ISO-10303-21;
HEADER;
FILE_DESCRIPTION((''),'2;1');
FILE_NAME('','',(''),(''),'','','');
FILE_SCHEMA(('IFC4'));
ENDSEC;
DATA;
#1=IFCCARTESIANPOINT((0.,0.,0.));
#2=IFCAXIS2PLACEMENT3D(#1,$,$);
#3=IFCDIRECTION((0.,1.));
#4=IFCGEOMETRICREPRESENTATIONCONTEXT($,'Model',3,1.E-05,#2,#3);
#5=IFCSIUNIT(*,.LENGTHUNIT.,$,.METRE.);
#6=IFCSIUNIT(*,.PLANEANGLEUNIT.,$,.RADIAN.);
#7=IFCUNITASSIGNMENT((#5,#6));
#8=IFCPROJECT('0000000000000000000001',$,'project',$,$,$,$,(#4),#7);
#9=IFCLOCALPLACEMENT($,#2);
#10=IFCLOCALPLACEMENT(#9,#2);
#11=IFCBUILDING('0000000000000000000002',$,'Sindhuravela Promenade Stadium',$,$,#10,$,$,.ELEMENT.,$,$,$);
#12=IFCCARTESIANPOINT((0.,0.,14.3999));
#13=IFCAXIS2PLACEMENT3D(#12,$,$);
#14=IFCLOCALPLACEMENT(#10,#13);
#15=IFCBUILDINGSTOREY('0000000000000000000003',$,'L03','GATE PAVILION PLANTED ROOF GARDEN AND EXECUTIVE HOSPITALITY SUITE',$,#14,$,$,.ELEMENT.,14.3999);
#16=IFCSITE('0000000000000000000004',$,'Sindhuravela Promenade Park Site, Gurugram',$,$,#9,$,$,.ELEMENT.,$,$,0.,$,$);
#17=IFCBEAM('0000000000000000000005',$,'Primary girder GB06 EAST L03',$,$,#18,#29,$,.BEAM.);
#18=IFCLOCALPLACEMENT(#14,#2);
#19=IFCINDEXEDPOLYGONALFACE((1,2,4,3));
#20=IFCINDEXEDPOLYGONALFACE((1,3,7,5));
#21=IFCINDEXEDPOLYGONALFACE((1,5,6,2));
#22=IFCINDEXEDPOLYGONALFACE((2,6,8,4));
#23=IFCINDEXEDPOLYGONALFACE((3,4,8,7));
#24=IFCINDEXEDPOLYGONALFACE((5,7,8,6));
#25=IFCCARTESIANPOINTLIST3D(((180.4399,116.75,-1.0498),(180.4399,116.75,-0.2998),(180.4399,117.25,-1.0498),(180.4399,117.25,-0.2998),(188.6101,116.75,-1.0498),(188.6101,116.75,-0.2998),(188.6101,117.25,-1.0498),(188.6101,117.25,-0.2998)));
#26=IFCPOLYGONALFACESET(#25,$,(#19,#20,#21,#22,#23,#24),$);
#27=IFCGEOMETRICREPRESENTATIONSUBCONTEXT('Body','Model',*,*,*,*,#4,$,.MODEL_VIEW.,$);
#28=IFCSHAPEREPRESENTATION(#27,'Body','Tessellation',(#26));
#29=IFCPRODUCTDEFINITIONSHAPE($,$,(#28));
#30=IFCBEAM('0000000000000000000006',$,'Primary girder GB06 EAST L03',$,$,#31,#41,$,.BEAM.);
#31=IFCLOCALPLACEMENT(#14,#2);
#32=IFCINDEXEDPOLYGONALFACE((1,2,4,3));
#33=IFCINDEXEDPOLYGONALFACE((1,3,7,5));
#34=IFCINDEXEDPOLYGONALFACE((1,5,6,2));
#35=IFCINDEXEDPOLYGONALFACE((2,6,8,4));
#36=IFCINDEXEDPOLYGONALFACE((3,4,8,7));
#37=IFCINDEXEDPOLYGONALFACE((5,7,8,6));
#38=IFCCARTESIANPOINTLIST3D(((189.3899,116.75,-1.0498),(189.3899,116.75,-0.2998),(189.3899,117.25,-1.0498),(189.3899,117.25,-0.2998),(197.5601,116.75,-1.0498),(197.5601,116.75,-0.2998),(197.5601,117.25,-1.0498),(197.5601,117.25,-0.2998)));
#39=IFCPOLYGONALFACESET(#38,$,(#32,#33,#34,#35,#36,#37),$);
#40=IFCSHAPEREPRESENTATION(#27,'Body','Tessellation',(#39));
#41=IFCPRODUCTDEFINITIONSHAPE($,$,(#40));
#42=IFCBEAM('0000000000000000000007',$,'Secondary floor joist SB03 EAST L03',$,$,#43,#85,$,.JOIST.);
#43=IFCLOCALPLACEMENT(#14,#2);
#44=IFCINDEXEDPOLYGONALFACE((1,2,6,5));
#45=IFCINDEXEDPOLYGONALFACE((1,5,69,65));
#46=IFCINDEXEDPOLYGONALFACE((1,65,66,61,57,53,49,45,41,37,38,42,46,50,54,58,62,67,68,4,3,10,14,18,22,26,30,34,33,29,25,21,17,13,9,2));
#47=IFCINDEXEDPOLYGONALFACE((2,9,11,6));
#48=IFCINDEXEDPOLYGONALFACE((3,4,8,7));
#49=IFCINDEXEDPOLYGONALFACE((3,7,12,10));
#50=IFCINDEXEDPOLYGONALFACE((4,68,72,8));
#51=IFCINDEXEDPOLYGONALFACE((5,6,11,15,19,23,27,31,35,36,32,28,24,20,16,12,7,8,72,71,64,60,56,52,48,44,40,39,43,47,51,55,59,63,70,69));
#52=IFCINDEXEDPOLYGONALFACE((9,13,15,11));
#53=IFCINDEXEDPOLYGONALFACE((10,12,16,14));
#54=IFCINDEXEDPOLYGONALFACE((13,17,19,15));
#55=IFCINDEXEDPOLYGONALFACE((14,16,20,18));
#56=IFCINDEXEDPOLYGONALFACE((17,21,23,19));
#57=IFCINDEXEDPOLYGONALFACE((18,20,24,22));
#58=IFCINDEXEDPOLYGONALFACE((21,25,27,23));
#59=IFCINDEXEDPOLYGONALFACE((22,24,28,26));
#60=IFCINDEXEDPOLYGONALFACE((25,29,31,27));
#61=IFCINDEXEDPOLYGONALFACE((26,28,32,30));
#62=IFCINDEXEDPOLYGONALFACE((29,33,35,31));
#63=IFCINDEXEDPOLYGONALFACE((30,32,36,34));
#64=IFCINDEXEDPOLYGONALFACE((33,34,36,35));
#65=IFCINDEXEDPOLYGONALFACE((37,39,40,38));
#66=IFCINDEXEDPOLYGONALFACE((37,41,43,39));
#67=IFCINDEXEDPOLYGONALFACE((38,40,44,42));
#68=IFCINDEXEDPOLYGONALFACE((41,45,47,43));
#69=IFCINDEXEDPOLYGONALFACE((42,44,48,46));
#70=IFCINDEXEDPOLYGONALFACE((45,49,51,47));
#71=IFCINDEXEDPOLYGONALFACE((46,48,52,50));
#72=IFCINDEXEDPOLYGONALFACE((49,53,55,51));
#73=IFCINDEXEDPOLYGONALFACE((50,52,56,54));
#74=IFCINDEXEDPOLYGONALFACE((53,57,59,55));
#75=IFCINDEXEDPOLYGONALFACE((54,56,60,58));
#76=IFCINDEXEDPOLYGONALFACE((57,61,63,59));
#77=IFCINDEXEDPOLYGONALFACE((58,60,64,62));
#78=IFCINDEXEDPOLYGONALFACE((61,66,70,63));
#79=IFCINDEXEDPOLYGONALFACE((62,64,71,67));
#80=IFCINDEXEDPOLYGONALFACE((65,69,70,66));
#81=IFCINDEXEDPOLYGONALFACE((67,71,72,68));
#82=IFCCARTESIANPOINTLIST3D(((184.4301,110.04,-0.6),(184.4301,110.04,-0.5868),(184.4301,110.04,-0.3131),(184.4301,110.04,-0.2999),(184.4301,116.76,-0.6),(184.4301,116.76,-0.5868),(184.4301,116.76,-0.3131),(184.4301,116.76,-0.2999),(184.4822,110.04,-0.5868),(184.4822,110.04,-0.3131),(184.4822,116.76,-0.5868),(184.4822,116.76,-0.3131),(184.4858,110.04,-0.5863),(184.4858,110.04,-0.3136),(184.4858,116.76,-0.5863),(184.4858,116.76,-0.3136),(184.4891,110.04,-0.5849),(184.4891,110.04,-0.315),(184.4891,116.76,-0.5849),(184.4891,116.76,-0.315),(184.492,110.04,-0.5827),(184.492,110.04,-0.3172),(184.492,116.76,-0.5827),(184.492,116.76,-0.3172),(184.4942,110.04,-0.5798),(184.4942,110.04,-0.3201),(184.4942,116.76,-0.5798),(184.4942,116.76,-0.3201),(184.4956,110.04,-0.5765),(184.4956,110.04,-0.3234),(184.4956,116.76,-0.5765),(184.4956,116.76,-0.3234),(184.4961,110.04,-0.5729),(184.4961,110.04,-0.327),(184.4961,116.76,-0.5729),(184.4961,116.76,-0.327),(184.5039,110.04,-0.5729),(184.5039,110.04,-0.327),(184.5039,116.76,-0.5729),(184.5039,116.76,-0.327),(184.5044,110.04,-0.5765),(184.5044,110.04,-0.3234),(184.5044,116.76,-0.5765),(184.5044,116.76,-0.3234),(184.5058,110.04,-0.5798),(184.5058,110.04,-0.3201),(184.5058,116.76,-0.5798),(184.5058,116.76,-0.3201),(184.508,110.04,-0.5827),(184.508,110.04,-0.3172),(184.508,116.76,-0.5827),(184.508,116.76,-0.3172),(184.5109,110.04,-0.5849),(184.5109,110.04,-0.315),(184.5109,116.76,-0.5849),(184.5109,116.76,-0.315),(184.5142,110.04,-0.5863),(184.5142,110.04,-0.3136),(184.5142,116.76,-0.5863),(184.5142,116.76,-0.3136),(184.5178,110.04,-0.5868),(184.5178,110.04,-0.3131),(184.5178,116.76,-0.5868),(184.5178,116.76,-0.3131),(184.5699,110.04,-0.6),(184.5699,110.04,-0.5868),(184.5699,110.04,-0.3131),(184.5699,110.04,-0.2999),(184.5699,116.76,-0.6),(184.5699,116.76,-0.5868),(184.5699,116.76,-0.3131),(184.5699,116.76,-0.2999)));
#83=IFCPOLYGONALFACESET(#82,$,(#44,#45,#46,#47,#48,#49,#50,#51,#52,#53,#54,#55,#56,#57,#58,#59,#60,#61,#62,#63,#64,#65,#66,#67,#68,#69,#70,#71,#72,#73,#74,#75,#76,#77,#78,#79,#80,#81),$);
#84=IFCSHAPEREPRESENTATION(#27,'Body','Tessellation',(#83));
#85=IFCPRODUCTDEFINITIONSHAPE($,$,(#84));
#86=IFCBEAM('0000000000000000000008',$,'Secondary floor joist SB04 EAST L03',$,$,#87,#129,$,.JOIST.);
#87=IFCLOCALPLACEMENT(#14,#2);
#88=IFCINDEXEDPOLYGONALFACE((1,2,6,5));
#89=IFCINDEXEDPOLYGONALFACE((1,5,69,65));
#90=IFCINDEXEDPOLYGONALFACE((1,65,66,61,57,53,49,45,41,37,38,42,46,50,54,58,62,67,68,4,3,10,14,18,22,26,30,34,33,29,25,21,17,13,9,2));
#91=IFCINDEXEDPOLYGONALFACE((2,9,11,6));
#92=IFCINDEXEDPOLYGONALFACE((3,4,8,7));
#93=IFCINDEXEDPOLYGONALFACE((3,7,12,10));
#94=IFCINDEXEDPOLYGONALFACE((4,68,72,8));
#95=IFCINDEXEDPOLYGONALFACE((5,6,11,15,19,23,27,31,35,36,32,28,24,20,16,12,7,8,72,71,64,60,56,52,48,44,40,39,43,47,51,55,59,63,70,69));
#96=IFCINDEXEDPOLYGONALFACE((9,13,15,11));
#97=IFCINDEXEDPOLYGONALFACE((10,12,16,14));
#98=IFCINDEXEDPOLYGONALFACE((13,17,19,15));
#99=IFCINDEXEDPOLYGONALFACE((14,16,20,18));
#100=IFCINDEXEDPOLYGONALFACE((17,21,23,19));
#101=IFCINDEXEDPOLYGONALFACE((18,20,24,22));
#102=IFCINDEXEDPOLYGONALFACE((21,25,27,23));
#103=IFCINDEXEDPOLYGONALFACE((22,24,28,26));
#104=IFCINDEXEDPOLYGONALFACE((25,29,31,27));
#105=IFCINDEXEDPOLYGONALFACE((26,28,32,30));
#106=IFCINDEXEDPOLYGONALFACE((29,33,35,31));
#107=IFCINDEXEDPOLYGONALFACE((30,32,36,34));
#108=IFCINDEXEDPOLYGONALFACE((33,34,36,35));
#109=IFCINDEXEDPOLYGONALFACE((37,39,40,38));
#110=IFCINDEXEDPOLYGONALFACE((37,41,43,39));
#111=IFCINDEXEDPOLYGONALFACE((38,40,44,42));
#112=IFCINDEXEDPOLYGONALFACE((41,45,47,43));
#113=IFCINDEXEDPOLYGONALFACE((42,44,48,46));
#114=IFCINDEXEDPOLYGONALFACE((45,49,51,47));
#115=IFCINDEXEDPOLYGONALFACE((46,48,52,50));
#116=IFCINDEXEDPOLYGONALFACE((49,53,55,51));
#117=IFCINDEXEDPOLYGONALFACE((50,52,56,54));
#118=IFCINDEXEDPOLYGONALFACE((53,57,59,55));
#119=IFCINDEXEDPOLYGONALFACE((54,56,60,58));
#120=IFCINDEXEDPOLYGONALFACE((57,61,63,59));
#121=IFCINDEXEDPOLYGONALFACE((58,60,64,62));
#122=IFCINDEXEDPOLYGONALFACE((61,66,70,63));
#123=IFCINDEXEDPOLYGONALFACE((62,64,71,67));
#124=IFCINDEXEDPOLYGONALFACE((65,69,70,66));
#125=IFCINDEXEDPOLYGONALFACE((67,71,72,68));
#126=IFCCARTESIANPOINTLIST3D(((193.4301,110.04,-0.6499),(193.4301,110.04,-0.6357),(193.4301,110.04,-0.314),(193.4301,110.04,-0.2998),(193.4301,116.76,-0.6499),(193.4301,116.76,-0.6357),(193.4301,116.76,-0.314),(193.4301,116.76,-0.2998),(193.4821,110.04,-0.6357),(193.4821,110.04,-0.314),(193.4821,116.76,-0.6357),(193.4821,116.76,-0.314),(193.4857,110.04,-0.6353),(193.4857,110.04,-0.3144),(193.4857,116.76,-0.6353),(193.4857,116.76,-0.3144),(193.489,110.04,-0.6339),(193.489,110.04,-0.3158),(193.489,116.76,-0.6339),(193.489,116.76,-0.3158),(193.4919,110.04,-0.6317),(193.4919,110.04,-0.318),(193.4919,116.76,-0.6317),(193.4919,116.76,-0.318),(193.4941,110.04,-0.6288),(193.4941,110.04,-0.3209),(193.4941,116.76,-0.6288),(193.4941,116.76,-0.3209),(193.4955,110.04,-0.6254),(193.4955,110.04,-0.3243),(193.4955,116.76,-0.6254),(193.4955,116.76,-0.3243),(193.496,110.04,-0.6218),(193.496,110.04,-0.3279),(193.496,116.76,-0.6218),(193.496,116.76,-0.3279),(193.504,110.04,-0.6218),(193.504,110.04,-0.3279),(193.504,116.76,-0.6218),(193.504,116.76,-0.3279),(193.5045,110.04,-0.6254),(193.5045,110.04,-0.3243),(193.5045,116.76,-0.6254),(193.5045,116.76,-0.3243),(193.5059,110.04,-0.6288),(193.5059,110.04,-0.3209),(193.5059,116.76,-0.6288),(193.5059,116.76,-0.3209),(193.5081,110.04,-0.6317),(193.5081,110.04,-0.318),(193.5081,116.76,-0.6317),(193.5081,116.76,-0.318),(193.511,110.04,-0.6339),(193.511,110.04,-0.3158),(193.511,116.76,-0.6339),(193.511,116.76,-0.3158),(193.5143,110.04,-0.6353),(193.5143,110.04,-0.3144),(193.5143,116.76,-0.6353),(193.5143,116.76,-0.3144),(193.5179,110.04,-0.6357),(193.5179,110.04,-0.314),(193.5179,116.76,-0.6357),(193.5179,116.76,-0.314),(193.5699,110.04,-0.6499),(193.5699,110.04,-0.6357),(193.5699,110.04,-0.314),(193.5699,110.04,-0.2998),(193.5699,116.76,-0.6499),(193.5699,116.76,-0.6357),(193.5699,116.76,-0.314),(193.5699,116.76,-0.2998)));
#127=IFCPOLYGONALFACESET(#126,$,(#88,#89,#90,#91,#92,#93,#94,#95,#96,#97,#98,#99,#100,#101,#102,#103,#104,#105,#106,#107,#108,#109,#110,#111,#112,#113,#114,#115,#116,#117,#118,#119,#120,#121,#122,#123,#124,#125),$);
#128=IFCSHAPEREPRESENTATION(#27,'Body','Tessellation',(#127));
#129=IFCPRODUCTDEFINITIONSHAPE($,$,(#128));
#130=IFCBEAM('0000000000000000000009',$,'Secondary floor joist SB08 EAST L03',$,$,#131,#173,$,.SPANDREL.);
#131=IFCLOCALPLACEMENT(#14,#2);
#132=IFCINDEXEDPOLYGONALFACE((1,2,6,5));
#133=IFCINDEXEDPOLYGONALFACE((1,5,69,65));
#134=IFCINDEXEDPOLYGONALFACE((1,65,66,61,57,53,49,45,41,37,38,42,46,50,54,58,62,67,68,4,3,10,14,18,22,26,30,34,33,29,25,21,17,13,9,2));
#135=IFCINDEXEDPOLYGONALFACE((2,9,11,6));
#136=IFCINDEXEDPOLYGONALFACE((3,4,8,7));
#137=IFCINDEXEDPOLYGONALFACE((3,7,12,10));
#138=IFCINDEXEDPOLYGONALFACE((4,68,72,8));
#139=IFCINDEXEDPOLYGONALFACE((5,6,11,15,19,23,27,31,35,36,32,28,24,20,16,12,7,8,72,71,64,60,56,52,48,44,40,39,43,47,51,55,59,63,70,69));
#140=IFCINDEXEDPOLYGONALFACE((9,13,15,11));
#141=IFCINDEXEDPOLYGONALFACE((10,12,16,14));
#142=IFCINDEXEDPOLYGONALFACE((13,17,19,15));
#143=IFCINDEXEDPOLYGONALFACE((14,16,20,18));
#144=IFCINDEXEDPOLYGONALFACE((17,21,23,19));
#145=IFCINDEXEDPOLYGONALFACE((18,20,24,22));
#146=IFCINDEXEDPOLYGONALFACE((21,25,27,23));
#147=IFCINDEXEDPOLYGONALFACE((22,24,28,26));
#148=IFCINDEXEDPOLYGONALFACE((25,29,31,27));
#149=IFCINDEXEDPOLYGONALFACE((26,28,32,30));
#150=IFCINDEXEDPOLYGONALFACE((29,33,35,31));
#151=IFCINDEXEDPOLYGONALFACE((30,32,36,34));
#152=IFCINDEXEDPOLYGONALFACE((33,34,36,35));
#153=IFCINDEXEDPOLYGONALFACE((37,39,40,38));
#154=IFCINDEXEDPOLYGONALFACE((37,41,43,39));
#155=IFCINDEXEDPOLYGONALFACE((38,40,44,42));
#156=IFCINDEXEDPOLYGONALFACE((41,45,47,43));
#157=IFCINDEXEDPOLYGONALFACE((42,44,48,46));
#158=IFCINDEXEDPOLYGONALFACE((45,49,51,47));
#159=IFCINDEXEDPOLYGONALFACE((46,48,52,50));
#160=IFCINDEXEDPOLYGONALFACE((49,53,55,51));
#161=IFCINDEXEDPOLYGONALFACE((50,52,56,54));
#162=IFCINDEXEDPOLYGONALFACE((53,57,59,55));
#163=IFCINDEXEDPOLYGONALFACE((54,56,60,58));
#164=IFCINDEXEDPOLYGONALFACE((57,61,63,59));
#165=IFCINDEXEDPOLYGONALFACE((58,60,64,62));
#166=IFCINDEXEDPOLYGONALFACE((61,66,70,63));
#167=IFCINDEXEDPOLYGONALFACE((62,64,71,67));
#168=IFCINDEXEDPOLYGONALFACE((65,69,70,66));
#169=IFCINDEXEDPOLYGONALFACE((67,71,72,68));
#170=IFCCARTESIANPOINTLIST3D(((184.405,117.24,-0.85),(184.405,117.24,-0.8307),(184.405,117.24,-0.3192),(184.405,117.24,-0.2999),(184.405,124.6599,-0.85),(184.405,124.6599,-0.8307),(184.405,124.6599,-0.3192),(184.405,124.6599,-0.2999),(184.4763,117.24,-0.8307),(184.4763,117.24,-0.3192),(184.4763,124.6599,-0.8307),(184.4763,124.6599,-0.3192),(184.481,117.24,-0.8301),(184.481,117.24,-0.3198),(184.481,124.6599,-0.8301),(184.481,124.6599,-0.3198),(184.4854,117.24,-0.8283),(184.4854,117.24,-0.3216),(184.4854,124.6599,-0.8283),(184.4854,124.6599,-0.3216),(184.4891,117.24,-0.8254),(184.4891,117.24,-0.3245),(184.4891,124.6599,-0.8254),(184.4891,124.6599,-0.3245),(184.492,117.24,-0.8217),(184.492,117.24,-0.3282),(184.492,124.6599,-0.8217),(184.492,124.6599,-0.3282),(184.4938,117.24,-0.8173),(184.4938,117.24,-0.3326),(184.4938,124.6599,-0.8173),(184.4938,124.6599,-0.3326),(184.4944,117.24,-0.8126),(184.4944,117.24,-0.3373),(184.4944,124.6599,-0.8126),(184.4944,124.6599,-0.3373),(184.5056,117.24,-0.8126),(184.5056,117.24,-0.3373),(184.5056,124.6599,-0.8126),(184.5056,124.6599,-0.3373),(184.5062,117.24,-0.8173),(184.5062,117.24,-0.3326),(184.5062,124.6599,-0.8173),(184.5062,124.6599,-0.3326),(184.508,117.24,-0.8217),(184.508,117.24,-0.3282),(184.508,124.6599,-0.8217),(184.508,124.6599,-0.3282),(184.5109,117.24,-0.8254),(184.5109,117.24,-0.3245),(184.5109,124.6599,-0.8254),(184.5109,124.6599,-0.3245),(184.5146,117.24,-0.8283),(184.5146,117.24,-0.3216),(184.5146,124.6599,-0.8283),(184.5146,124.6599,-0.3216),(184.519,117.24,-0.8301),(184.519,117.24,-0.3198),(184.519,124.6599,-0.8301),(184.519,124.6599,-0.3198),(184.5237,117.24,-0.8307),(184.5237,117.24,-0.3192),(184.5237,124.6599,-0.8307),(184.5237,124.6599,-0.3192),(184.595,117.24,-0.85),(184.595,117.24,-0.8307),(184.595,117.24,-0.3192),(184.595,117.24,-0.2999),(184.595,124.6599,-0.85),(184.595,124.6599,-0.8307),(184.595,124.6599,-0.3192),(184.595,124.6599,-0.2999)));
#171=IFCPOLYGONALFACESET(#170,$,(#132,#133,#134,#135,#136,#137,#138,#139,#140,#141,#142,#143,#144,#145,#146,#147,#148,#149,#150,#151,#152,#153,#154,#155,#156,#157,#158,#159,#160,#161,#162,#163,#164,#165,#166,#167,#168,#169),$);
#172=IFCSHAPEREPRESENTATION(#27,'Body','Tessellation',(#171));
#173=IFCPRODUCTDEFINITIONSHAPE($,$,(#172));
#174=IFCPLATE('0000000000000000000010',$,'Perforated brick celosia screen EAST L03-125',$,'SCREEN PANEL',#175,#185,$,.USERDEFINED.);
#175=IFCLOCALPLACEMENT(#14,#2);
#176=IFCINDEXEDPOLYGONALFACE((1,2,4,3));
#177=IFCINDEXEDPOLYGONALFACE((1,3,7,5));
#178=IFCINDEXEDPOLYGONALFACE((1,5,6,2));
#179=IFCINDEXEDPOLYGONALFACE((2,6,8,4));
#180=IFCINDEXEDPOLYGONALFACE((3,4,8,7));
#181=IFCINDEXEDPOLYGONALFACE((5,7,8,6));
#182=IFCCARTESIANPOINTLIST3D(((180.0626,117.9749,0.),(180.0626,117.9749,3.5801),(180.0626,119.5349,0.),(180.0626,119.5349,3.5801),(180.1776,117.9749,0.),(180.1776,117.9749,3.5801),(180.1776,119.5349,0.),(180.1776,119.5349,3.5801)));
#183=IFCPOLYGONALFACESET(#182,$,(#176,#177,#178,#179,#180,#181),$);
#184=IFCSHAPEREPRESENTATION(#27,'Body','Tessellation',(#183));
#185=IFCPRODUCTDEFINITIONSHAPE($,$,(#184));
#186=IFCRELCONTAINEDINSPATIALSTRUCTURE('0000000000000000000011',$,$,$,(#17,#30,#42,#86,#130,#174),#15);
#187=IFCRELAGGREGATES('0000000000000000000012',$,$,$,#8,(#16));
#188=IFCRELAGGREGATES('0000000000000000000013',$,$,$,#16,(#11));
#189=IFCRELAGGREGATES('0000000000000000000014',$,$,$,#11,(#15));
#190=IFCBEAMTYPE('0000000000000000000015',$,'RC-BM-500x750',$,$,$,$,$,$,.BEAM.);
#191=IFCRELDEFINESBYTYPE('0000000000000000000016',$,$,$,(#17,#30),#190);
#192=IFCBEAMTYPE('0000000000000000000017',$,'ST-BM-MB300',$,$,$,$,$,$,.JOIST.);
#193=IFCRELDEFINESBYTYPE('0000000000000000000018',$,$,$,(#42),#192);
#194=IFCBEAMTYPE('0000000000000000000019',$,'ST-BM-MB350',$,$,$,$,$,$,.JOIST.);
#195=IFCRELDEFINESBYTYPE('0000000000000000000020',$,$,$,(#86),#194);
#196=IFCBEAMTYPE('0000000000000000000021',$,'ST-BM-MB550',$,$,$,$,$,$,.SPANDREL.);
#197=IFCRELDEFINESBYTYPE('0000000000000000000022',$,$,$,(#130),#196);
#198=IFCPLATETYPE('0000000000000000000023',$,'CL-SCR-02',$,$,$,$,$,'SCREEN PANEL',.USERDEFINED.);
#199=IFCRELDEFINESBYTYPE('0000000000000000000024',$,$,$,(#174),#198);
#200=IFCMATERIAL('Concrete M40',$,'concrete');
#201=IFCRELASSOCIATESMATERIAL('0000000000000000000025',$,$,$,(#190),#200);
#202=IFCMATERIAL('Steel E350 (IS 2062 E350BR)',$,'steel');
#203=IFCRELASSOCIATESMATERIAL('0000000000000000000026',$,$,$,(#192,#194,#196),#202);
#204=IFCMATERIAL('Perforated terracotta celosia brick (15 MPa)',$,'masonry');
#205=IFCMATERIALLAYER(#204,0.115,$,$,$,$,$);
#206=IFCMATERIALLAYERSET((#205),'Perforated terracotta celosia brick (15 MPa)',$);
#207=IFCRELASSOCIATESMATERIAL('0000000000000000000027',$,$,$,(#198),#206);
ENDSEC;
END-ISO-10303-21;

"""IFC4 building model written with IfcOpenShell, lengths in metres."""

from ifc_helpers import new_model, si_unit, direction, frame, origin, origin_2d, place, context, subcontext, project, spatial, rectangle, i_section, extrude, material, layer, layer_set, material_profile, profile_set, type_object, element, save


model = new_model("IFC4")

# Units and contexts
model_context = context("Model", 3, precision=1e-05, world=origin(), true_north=direction((0.0, 1.0)))
body_context = subcontext(model_context, "Body", "Model", "MODEL_VIEW")
ifc_project = project(units=[si_unit("LENGTHUNIT", "METRE"), si_unit("PLANEANGLEUNIT", "RADIAN")], contexts=[model_context])

# Site, building, storey
site_placement = place(None, origin())
site = spatial("IfcSite", under=ifc_project, at=site_placement, Name="Sindhuravela Promenade Park Site, Gurugram", CompositionType="ELEMENT", RefElevation=0.0)
building_placement = place(site_placement, origin())
building = spatial("IfcBuilding", under=site, at=building_placement, Name="Sindhuravela Promenade Stadium", CompositionType="ELEMENT")
storey_placement = place(building_placement, frame((0.0, 0.0, 14.3999)))
storey = spatial("IfcBuildingStorey", under=building, at=storey_placement, Name="L03", Description="GATE PAVILION PLANTED ROOF GARDEN AND EXECUTIVE HOSPITALITY SUITE", CompositionType="ELEMENT", Elevation=14.3999)

# Shared definitions
ifc_material_1 = material(Name="Concrete M40", Category="concrete")

# Beams
ifc_material_profile_1 = material_profile(ifc_material_1, rectangle(XDim=0.5, YDim=0.75, at=origin_2d()), Name="RC 500x750")
ifc_profile_set_1 = profile_set([ifc_material_profile_1], Name="Concrete M40")
beam_type_1 = type_object("IfcBeamType", Name="RC-BM-500x750", PredefinedType="BEAM", material=ifc_profile_set_1)
for number, where, z_axis, x_axis, name in (
    (1, (180.4399, 117.0, -0.6748), (1.0, 0.0, 0.0), (0.0, 1.0, 0.0), "Primary girder GB06 EAST L03"),
    (2, (189.3899, 117.0, -0.6748), (1.0, 0.0, 0.0), (0.0, 1.0, 0.0), "Primary girder GB06 EAST L03"),
):
    element("IfcBeam", number, at=place(storey_placement, frame(where, z_axis=z_axis, x_axis=x_axis)), inside=storey, type_object=beam_type_1, Name=name, PredefinedType="BEAM", context=body_context, shape_type="SweptSolid", body=[
        extrude(rectangle(XDim=0.5, YDim=0.75, at=origin_2d()), origin(), (0.0, 0.0, 1.0), 8.1702),
    ])
ifc_material_2 = material(Name="Steel E350 (IS 2062 E350BR)", Category="steel")
ifc_material_profile_2 = material_profile(ifc_material_2, i_section(OverallWidth=0.1399, OverallDepth=0.3, WebThickness=0.0078, FlangeThickness=0.0132, FilletRadius=0.0139, at=origin_2d()), Name="ISMB 300")
ifc_profile_set_2 = profile_set([ifc_material_profile_2], Name="Steel E350 (IS 2062 E350BR)")
beam_type_2 = type_object("IfcBeamType", Name="ST-BM-MB300", PredefinedType="JOIST", material=ifc_profile_set_2)
beam_1_placement = place(storey_placement, frame((184.5, 110.04, -0.45), z_axis=(0.0, 1.0, 0.0), x_axis=(-1.0, 0.0, 0.0)))
element("IfcBeam", 3, at=beam_1_placement, inside=storey, type_object=beam_type_2, Name="Secondary floor joist SB03 EAST L03", PredefinedType="JOIST", context=body_context, shape_type="SweptSolid", body=[
    extrude(i_section(OverallWidth=0.1399, OverallDepth=0.3, WebThickness=0.0078, FlangeThickness=0.0132, FilletRadius=0.0139, at=origin_2d()), origin(), (0.0, 0.0, 1.0), 6.72),
])
ifc_material_profile_3 = material_profile(ifc_material_2, i_section(OverallWidth=0.1399, OverallDepth=0.3501, WebThickness=0.0081, FlangeThickness=0.0142, FilletRadius=0.0139, at=origin_2d()), Name="ISMB 350")
ifc_profile_set_3 = profile_set([ifc_material_profile_3], Name="Steel E350 (IS 2062 E350BR)")
beam_type_3 = type_object("IfcBeamType", Name="ST-BM-MB350", PredefinedType="JOIST", material=ifc_profile_set_3)
beam_2_placement = place(storey_placement, frame((193.5, 110.04, -0.4749), z_axis=(0.0, 1.0, 0.0), x_axis=(-1.0, 0.0, 0.0)))
element("IfcBeam", 4, at=beam_2_placement, inside=storey, type_object=beam_type_3, Name="Secondary floor joist SB04 EAST L03", PredefinedType="JOIST", context=body_context, shape_type="SweptSolid", body=[
    extrude(i_section(OverallWidth=0.1399, OverallDepth=0.3501, WebThickness=0.0081, FlangeThickness=0.0142, FilletRadius=0.0139, at=origin_2d()), origin(), (0.0, 0.0, 1.0), 6.72),
])
ifc_material_profile_4 = material_profile(ifc_material_2, i_section(OverallWidth=0.1899, OverallDepth=0.55, WebThickness=0.0112, FlangeThickness=0.0193, FilletRadius=0.0181, at=origin_2d()), Name="ISMB 550")
ifc_profile_set_4 = profile_set([ifc_material_profile_4], Name="Steel E350 (IS 2062 E350BR)")
beam_type_4 = type_object("IfcBeamType", Name="ST-BM-MB550", PredefinedType="SPANDREL", material=ifc_profile_set_4)
beam_3_placement = place(storey_placement, frame((184.5, 117.24, -0.575), z_axis=(0.0, 1.0, 0.0), x_axis=(-1.0, 0.0, 0.0)))
element("IfcBeam", 5, at=beam_3_placement, inside=storey, type_object=beam_type_4, Name="Secondary floor joist SB08 EAST L03", PredefinedType="SPANDREL", context=body_context, shape_type="SweptSolid", body=[
    extrude(i_section(OverallWidth=0.1899, OverallDepth=0.55, WebThickness=0.0112, FlangeThickness=0.0193, FilletRadius=0.0181, at=origin_2d()), origin(), (0.0, 0.0, 1.0), 7.4199),
])

# Plate
ifc_material_3 = material(Name="Perforated terracotta celosia brick (15 MPa)", Category="masonry")
ifc_layer_1 = layer(ifc_material_3, 0.115)
ifc_layer_set_1 = layer_set([ifc_layer_1], Name="Perforated terracotta celosia brick (15 MPa)")
plate_type_1 = type_object("IfcPlateType", Name="CL-SCR-02", ElementType="SCREEN PANEL", PredefinedType="USERDEFINED", material=ifc_layer_set_1)
plate_1_placement = place(storey_placement, frame((180.1201, 118.7549, 0.0), z_axis=(0.0, 0.0, 1.0), x_axis=(0.0, 1.0, 0.0)))
element("IfcPlate", 6, at=plate_1_placement, inside=storey, type_object=plate_type_1, Name="Perforated brick celosia screen EAST L03-125", ObjectType="SCREEN PANEL", PredefinedType="USERDEFINED", context=body_context, shape_type="SweptSolid", body=[
    extrude(rectangle(XDim=1.5601, YDim=0.115, at=origin_2d()), origin(), (0.0, 0.0, 1.0), 3.5801),
])

save(model, "model.ifc")
